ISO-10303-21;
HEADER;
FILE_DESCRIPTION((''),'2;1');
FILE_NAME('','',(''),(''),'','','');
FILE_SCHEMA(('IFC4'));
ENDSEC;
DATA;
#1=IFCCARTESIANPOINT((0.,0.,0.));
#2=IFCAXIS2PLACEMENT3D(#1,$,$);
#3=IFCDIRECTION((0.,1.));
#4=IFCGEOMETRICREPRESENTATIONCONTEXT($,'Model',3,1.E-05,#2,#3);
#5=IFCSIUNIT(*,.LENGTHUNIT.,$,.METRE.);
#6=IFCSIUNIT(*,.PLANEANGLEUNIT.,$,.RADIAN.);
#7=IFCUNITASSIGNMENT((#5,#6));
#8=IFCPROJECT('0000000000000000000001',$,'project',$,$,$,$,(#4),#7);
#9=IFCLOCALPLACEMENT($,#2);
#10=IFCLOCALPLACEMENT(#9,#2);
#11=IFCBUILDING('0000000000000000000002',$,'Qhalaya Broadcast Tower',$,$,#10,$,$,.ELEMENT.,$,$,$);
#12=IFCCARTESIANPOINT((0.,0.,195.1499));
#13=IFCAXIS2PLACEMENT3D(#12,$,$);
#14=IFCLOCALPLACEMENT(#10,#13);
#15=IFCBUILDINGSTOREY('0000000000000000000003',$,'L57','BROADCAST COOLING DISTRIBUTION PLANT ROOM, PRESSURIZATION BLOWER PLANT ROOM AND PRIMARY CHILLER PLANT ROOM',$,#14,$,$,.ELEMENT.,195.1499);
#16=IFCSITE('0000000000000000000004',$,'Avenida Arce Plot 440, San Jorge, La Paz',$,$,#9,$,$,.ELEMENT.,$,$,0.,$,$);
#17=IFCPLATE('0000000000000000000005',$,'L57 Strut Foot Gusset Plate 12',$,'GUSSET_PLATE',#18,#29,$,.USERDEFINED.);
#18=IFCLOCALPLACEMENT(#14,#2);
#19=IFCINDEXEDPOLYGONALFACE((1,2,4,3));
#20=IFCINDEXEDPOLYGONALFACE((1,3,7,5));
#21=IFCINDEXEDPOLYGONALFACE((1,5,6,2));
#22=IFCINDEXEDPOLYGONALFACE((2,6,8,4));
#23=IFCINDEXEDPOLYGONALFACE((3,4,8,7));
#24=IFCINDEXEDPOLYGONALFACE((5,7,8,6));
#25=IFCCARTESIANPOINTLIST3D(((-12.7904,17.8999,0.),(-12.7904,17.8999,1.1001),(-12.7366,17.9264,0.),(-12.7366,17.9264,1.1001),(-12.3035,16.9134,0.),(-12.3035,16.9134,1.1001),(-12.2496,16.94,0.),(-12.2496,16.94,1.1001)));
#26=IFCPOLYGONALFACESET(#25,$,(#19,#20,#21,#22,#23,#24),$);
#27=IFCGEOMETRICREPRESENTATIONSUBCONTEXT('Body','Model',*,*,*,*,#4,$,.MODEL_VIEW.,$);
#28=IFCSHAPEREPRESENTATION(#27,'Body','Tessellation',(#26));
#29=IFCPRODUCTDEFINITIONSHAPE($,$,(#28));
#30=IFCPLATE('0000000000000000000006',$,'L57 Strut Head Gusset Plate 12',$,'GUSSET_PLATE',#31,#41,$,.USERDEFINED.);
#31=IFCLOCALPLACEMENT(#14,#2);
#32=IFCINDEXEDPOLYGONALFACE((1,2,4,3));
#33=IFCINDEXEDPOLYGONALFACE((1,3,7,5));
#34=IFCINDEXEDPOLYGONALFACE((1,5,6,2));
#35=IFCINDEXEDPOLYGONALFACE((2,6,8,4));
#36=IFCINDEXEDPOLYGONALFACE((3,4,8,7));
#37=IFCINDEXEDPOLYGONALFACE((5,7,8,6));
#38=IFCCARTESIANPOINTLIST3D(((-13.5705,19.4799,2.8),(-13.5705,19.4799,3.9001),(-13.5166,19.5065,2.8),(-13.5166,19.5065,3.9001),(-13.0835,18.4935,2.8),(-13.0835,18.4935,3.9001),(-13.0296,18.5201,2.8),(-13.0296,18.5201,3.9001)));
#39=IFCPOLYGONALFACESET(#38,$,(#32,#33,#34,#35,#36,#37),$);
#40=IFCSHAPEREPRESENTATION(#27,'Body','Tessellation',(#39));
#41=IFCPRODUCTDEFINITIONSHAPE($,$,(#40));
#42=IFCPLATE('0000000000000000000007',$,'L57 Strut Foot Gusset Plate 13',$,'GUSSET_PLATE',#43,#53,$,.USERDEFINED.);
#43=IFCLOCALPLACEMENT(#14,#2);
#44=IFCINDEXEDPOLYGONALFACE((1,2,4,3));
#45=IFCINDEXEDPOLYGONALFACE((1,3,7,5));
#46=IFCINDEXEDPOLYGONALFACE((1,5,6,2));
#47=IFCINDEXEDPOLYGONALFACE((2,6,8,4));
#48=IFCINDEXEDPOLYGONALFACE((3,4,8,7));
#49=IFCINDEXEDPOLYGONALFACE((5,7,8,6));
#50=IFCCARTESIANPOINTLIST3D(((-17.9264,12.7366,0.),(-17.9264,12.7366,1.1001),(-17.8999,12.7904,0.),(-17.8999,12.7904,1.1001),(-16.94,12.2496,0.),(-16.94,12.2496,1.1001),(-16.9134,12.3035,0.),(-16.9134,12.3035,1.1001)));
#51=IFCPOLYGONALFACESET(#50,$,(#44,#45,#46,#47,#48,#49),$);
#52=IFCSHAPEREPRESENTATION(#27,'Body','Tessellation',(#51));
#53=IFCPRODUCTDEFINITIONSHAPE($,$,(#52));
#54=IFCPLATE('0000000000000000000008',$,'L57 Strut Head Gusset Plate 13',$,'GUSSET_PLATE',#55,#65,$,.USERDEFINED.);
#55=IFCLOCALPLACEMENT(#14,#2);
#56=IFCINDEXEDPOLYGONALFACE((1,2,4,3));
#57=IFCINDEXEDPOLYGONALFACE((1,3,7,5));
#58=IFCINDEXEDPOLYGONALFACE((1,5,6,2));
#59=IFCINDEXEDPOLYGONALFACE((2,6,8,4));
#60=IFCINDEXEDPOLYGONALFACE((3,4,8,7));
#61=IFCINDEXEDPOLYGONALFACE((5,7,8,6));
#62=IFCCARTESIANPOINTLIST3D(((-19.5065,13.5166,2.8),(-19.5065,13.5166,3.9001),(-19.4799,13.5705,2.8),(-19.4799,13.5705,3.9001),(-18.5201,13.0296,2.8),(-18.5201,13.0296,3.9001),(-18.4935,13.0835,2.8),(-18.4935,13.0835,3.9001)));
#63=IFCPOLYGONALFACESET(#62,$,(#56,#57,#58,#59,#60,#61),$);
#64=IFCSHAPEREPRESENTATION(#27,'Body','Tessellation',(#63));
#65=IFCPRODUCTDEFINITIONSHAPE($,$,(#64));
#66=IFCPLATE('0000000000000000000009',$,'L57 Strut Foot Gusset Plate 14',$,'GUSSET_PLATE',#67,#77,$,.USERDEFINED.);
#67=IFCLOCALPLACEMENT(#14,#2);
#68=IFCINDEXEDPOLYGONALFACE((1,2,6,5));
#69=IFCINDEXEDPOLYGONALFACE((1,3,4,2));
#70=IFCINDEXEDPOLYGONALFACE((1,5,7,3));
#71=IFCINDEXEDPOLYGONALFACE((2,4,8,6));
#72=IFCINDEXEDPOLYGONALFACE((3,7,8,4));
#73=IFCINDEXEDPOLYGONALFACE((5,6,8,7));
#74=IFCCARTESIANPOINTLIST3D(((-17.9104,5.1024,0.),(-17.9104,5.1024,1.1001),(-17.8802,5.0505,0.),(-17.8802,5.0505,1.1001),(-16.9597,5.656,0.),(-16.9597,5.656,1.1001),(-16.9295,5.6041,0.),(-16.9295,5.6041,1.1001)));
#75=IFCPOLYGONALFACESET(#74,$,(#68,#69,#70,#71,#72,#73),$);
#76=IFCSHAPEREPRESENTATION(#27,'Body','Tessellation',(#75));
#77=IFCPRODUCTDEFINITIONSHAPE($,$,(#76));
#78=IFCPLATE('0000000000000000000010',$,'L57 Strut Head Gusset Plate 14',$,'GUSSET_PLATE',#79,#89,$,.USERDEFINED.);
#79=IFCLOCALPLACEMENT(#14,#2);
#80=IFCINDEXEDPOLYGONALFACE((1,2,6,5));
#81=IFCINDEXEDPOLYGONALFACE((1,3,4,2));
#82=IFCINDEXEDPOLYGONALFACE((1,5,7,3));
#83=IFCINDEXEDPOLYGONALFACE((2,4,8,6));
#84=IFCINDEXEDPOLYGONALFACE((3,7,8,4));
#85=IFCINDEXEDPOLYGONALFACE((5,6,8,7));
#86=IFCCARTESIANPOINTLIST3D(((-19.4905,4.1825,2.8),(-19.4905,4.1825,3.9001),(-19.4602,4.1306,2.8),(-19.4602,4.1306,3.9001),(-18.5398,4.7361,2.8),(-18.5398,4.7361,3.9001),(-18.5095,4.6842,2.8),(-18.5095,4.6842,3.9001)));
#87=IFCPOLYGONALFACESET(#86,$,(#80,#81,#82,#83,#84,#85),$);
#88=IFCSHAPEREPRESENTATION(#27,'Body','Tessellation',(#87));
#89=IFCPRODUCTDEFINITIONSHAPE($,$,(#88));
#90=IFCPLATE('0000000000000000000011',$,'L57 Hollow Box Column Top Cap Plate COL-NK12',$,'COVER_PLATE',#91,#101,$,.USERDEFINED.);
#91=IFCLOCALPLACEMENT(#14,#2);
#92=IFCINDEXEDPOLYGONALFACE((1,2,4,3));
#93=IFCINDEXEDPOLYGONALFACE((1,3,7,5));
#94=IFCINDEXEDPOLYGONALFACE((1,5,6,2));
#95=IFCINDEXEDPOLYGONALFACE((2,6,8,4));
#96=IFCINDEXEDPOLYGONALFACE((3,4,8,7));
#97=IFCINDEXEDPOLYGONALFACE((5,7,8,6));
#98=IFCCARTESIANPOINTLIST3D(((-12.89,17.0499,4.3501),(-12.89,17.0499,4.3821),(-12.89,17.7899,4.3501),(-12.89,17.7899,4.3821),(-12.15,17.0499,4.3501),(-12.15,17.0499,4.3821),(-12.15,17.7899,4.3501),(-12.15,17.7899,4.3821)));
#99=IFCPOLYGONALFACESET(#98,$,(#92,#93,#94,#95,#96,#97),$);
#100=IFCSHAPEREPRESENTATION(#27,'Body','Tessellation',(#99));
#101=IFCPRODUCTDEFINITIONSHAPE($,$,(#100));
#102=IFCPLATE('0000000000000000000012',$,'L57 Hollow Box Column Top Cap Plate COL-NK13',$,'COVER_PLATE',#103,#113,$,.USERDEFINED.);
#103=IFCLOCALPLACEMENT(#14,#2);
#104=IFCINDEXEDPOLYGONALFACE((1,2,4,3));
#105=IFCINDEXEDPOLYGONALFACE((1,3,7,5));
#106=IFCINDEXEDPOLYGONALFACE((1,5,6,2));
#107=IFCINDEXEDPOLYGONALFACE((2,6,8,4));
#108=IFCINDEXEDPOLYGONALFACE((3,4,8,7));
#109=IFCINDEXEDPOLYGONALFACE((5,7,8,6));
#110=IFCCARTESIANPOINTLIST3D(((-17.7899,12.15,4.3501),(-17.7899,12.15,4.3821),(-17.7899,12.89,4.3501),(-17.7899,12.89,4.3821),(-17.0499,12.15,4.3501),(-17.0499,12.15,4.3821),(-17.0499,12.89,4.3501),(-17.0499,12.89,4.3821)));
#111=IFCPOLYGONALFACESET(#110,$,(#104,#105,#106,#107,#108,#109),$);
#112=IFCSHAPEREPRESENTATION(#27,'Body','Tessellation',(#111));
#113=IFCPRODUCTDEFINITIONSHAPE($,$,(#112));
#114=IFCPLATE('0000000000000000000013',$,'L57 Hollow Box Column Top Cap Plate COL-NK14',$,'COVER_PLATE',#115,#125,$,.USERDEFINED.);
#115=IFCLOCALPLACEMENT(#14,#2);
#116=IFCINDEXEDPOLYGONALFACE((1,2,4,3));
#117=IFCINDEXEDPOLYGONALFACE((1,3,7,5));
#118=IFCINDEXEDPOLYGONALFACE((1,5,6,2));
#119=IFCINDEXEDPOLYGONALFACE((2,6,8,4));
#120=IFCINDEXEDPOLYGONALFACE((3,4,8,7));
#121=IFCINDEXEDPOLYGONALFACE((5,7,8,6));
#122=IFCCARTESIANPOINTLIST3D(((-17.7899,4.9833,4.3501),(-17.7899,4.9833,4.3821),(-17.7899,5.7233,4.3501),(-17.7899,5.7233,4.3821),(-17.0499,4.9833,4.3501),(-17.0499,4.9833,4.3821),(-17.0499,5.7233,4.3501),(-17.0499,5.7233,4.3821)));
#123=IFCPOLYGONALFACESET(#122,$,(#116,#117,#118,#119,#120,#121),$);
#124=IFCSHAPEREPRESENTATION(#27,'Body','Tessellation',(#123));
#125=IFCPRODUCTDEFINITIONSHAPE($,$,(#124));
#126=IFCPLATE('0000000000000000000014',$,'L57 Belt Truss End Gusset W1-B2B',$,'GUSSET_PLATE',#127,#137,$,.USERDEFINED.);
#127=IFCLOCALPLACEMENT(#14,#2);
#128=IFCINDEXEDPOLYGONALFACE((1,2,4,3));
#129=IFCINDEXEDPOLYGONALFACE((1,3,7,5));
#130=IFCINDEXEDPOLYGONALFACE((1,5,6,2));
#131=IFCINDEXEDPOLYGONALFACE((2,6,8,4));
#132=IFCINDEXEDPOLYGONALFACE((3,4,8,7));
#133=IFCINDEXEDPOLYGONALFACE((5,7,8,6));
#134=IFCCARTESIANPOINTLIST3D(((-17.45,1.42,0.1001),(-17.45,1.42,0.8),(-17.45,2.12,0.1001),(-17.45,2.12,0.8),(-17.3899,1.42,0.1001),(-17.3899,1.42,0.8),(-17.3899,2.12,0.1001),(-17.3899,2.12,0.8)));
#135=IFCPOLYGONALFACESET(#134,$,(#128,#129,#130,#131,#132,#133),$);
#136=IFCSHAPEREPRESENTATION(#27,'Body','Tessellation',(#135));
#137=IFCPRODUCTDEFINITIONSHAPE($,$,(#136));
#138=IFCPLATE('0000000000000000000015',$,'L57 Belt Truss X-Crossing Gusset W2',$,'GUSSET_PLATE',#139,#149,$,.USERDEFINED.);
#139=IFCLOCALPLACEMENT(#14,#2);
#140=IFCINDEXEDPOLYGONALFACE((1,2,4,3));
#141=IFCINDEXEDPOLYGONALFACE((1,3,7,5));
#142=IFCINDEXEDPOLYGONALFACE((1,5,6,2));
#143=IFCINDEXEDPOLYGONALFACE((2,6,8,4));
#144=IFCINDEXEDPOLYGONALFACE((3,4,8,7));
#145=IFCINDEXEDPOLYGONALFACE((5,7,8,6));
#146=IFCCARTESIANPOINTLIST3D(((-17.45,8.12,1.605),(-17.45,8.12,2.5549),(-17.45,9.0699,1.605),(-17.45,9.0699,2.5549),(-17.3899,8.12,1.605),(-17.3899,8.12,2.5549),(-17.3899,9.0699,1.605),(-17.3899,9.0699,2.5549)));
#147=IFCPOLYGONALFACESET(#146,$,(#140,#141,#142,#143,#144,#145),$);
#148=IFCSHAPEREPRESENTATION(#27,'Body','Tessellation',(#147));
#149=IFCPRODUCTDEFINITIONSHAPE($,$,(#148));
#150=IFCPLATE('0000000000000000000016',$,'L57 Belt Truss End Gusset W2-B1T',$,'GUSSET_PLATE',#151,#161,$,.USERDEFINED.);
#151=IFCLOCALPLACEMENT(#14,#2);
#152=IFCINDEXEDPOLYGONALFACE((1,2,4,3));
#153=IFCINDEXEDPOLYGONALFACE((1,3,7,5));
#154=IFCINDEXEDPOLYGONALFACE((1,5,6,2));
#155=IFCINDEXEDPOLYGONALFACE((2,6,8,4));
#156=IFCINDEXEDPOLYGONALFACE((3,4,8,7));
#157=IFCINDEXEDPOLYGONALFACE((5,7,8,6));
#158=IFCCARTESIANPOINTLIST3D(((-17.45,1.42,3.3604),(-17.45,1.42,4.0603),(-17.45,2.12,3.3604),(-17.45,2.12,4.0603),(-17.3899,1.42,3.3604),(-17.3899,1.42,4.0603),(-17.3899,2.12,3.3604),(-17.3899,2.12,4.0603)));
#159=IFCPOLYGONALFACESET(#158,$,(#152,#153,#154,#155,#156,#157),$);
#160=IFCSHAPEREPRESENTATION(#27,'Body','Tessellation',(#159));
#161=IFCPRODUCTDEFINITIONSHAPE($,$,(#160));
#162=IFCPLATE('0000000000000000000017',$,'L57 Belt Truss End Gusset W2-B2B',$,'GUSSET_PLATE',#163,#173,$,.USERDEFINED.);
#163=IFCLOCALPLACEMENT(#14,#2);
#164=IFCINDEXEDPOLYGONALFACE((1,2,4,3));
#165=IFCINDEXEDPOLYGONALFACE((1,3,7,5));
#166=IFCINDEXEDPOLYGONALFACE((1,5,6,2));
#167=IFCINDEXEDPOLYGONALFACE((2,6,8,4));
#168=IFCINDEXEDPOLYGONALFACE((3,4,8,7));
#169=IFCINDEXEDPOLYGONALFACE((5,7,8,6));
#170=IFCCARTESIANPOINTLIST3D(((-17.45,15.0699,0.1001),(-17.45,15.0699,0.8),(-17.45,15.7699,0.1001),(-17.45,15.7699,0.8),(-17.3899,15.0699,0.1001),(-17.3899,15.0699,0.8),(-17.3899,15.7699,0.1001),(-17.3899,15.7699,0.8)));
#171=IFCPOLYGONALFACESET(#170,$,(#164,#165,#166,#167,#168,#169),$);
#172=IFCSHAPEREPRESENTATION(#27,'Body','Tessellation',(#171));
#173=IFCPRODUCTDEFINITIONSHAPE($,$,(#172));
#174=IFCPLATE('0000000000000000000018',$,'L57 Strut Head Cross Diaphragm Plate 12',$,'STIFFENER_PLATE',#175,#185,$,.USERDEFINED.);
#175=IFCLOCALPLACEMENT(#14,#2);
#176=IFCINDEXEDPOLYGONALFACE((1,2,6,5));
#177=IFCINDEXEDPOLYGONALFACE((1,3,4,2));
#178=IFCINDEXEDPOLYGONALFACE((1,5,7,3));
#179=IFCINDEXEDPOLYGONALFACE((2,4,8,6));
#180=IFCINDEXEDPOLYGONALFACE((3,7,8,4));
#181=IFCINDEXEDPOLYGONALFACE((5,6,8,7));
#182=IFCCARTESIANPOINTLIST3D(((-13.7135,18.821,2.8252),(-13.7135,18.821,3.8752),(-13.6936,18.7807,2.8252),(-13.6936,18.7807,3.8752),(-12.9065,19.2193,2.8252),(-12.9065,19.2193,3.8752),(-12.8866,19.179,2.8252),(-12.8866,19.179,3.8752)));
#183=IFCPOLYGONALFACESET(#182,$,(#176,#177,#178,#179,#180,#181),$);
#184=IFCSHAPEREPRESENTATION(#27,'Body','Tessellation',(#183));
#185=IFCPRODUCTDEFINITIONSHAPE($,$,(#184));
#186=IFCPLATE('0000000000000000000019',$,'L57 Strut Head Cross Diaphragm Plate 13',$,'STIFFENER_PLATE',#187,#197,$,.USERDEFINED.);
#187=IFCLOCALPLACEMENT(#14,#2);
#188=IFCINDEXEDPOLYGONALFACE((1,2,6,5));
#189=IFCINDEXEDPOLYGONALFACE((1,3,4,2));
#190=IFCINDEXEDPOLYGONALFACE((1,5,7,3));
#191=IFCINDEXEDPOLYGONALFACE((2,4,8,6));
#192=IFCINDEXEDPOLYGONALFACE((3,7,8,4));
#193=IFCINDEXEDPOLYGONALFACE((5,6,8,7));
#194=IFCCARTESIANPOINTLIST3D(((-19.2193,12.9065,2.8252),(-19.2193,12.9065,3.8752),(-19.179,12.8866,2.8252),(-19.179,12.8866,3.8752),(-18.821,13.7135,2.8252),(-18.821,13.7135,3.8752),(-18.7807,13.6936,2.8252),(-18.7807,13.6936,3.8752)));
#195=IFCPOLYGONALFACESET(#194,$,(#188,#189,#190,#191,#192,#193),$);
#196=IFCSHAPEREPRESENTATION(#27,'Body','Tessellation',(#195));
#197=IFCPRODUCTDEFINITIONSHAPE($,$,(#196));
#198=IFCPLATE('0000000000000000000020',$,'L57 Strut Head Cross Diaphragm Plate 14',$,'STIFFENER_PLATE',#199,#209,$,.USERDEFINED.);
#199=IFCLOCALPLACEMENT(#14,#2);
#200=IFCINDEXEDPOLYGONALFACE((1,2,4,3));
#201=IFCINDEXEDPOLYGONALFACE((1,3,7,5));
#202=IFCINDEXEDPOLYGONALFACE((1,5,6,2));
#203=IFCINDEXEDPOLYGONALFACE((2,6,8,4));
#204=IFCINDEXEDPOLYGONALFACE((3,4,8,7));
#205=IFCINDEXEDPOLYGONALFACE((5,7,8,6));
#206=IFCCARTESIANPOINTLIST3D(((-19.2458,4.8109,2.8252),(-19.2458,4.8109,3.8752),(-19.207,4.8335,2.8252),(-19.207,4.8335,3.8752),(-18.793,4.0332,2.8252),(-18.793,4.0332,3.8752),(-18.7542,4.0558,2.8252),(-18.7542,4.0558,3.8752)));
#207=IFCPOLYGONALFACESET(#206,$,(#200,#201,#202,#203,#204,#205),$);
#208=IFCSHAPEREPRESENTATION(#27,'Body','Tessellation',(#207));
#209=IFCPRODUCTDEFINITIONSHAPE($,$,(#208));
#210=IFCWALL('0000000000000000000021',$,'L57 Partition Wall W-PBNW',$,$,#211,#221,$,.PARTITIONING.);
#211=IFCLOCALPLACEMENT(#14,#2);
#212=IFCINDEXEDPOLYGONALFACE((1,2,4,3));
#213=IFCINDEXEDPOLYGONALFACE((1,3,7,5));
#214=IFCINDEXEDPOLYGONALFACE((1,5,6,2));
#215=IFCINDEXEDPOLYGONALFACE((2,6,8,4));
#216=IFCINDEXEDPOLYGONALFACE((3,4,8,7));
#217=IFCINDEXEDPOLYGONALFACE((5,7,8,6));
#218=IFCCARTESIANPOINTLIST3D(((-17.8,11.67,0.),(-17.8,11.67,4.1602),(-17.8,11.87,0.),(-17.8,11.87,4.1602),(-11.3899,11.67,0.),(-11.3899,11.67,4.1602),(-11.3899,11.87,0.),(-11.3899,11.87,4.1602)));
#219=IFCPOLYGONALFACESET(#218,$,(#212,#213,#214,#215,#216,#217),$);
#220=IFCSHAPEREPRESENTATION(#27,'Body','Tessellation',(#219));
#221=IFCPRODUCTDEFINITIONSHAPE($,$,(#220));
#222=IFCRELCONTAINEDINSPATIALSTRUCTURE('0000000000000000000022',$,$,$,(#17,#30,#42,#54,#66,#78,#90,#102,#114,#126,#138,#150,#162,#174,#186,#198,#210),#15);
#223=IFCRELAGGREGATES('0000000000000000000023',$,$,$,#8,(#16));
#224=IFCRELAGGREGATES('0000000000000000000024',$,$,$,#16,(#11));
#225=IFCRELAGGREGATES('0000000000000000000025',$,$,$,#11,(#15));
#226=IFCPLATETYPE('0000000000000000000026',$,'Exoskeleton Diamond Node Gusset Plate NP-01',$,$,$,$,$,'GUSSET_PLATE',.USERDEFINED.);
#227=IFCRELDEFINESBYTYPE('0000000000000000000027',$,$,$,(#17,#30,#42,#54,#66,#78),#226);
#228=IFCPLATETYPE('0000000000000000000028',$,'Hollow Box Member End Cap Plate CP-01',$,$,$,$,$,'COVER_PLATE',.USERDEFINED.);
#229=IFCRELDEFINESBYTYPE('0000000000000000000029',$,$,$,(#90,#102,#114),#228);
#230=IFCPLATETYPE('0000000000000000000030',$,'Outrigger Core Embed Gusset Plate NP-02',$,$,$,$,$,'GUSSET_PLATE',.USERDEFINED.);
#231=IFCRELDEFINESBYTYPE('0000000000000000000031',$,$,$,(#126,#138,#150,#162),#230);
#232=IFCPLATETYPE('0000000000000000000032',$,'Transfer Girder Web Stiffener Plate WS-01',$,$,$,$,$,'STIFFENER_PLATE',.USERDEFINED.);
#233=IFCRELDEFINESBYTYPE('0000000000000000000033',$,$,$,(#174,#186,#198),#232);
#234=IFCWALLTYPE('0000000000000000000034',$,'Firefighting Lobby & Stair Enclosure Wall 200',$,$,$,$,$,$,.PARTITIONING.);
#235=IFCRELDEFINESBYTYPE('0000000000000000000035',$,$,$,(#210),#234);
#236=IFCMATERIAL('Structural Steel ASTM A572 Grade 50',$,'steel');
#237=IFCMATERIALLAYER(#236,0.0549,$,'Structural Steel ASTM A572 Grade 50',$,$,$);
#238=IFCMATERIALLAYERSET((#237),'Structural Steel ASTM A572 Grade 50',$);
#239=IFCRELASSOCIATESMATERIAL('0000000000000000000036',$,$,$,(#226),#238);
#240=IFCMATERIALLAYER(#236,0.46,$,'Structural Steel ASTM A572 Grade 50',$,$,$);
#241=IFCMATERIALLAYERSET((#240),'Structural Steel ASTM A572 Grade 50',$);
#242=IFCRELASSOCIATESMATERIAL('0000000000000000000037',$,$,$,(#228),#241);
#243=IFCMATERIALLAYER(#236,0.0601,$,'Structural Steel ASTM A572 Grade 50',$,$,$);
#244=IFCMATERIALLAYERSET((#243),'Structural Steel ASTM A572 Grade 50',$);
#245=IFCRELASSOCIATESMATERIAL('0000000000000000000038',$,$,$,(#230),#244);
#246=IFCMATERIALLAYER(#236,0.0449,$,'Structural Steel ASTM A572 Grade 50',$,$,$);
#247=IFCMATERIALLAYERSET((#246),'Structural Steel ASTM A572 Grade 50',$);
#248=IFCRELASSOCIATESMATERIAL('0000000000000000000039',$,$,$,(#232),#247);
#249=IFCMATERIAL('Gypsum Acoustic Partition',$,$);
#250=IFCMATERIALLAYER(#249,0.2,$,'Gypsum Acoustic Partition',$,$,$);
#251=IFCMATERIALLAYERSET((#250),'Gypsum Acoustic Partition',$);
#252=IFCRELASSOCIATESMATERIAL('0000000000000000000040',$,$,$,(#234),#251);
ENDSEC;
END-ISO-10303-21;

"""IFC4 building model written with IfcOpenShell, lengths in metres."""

from ifc_helpers import new_model, si_unit, direction, frame, frame_2d, origin, origin_2d, place, context, subcontext, project, spatial, rectangle, extrude, material, layer, layer_set, type_object, element, save


model = new_model("IFC4")

# Units and contexts
model_context = context("Model", 3, precision=1e-05, world=origin(), true_north=direction((0.0, 1.0)))
body_context = subcontext(model_context, "Body", "Model", "MODEL_VIEW")
ifc_project = project(units=[si_unit("LENGTHUNIT", "METRE"), si_unit("PLANEANGLEUNIT", "RADIAN")], contexts=[model_context])

# Site, building, storey
site_placement = place(None, origin())
site = spatial("IfcSite", under=ifc_project, at=site_placement, Name="Avenida Arce Plot 440, San Jorge, La Paz", CompositionType="ELEMENT", RefElevation=0.0)
building_placement = place(site_placement, origin())
building = spatial("IfcBuilding", under=site, at=building_placement, Name="Qhalaya Broadcast Tower", CompositionType="ELEMENT")
storey_placement = place(building_placement, frame((0.0, 0.0, 195.1499)))
storey = spatial("IfcBuildingStorey", under=building, at=storey_placement, Name="L57", Description="BROADCAST COOLING DISTRIBUTION PLANT ROOM, PRESSURIZATION BLOWER PLANT ROOM AND PRIMARY CHILLER PLANT ROOM", CompositionType="ELEMENT", Elevation=195.1499)

# Shared definitions
ifc_material_1 = material(Name="Structural Steel ASTM A572 Grade 50", Category="steel")

# Plates
ifc_layer_1 = layer(ifc_material_1, 0.0549, Name="Structural Steel ASTM A572 Grade 50")
ifc_layer_set_1 = layer_set([ifc_layer_1], Name="Structural Steel ASTM A572 Grade 50")
plate_type_1 = type_object("IfcPlateType", Name="Exoskeleton Diamond Node Gusset Plate NP-01", ElementType="GUSSET_PLATE", PredefinedType="USERDEFINED", material=ifc_layer_set_1)
for number, where, z_axis, x_axis, name in (
    (1, (-12.52, 17.4199, 0.0), (0.0, 0.0, 1.0), (-0.442664, 0.896687, 0.0), "L57 Strut Foot Gusset Plate 12"),
    (2, (-13.3, 19.0, 2.8), (0.0, 0.0, 1.0), (-0.442664, 0.896687, 0.0), "L57 Strut Head Gusset Plate 12"),
    (3, (-17.4199, 12.52, 0.0), (0.0, 0.0, 1.0), (-0.896687, 0.442664, 0.0), "L57 Strut Foot Gusset Plate 13"),
    (4, (-19.0, 13.3, 2.8), (0.0, 0.0, 1.0), (-0.896687, 0.442664, 0.0), "L57 Strut Head Gusset Plate 13"),
    (5, (-17.4199, 5.3533, 0.0), (0.0, 0.0, 1.0), (-0.864178, -0.503186, 0.0), "L57 Strut Foot Gusset Plate 14"),
    (6, (-19.0, 4.4333, 2.8), (0.0, 0.0, 1.0), (-0.864178, -0.503186, 0.0), "L57 Strut Head Gusset Plate 14"),
):
    element("IfcPlate", number, at=place(storey_placement, frame(where, z_axis=z_axis, x_axis=x_axis)), inside=storey, type_object=plate_type_1, Name=name, ObjectType="GUSSET_PLATE", PredefinedType="USERDEFINED", context=body_context, shape_type="SweptSolid", body=[
        extrude(rectangle(XDim=1.1001, YDim=0.0601, at=origin_2d()), origin(), (0.0, 0.0, 1.0), 1.1001),
    ])
ifc_layer_2 = layer(ifc_material_1, 0.46, Name="Structural Steel ASTM A572 Grade 50")
ifc_layer_set_2 = layer_set([ifc_layer_2], Name="Structural Steel ASTM A572 Grade 50")
plate_type_2 = type_object("IfcPlateType", Name="Hollow Box Member End Cap Plate CP-01", ElementType="COVER_PLATE", PredefinedType="USERDEFINED", material=ifc_layer_set_2)
for number, where, z_axis, x_axis, name in (
    (7, (-12.52, 17.4199, 4.3501), (0.0, 0.0, 1.0), (1.0, 0.0, 0.0), "L57 Hollow Box Column Top Cap Plate COL-NK12"),
    (8, (-17.4199, 12.52, 4.3501), (0.0, 0.0, 1.0), (0.0, 1.0, 0.0), "L57 Hollow Box Column Top Cap Plate COL-NK13"),
    (9, (-17.4199, 5.3533, 4.3501), (0.0, 0.0, 1.0), (0.0, 1.0, 0.0), "L57 Hollow Box Column Top Cap Plate COL-NK14"),
):
    element("IfcPlate", number, at=place(storey_placement, frame(where, z_axis=z_axis, x_axis=x_axis)), inside=storey, type_object=plate_type_2, Name=name, ObjectType="COVER_PLATE", PredefinedType="USERDEFINED", context=body_context, shape_type="SweptSolid", body=[
        extrude(rectangle(XDim=0.74, YDim=0.74, at=origin_2d()), origin(), (0.0, 0.0, 1.0), 0.032),
    ])
ifc_layer_3 = layer(ifc_material_1, 0.0601, Name="Structural Steel ASTM A572 Grade 50")
ifc_layer_set_3 = layer_set([ifc_layer_3], Name="Structural Steel ASTM A572 Grade 50")
plate_type_3 = type_object("IfcPlateType", Name="Outrigger Core Embed Gusset Plate NP-02", ElementType="GUSSET_PLATE", PredefinedType="USERDEFINED", material=ifc_layer_set_3)
plate_1_placement = place(storey_placement, frame((-17.4199, 1.77, 0.1001), z_axis=(0.0, 0.0, 1.0), x_axis=(0.0, 1.0, 0.0)))
element("IfcPlate", 10, at=plate_1_placement, inside=storey, type_object=plate_type_3, Name="L57 Belt Truss End Gusset W1-B2B", ObjectType="GUSSET_PLATE", PredefinedType="USERDEFINED", context=body_context, shape_type="SweptSolid", body=[
    extrude(rectangle(XDim=0.7, YDim=0.0601, at=origin_2d()), origin(), (0.0, 0.0, 1.0), 0.7),
])
plate_2_placement = place(storey_placement, frame((-17.4199, 8.595, 1.605), z_axis=(0.0, 0.0, 1.0), x_axis=(0.0, 1.0, 0.0)))
element("IfcPlate", 11, at=plate_2_placement, inside=storey, type_object=plate_type_3, Name="L57 Belt Truss X-Crossing Gusset W2", ObjectType="GUSSET_PLATE", PredefinedType="USERDEFINED", context=body_context, shape_type="SweptSolid", body=[
    extrude(rectangle(XDim=0.95, YDim=0.0601, at=origin_2d()), origin(), (0.0, 0.0, 1.0), 0.95),
])
for number, where, z_axis, x_axis, name in (
    (12, (-17.4199, 1.77, 3.3604), (0.0, 0.0, 1.0), (0.0, 1.0, 0.0), "L57 Belt Truss End Gusset W2-B1T"),
    (13, (-17.4199, 15.4199, 0.1001), (0.0, 0.0, 1.0), (0.0, 1.0, 0.0), "L57 Belt Truss End Gusset W2-B2B"),
):
    element("IfcPlate", number, at=place(storey_placement, frame(where, z_axis=z_axis, x_axis=x_axis)), inside=storey, type_object=plate_type_3, Name=name, ObjectType="GUSSET_PLATE", PredefinedType="USERDEFINED", context=body_context, shape_type="SweptSolid", body=[
        extrude(rectangle(XDim=0.7, YDim=0.0601, at=origin_2d()), origin(), (0.0, 0.0, 1.0), 0.7),
    ])
ifc_layer_4 = layer(ifc_material_1, 0.0449, Name="Structural Steel ASTM A572 Grade 50")
ifc_layer_set_4 = layer_set([ifc_layer_4], Name="Structural Steel ASTM A572 Grade 50")
plate_type_4 = type_object("IfcPlateType", Name="Transfer Girder Web Stiffener Plate WS-01", ElementType="STIFFENER_PLATE", PredefinedType="USERDEFINED", material=ifc_layer_set_4)
for number, where, z_axis, x_axis, name in (
    (14, (-13.3, 19.0, 2.8252), (0.0, 0.0, 1.0), (-0.896687, -0.442664, 0.0), "L57 Strut Head Cross Diaphragm Plate 12"),
    (15, (-19.0, 13.3, 2.8252), (0.0, 0.0, 1.0), (-0.442664, -0.896687, 0.0), "L57 Strut Head Cross Diaphragm Plate 13"),
    (16, (-19.0, 4.4333, 2.8252), (0.0, 0.0, 1.0), (0.503186, -0.864178, 0.0), "L57 Strut Head Cross Diaphragm Plate 14"),
):
    element("IfcPlate", number, at=place(storey_placement, frame(where, z_axis=z_axis, x_axis=x_axis)), inside=storey, type_object=plate_type_4, Name=name, ObjectType="STIFFENER_PLATE", PredefinedType="USERDEFINED", context=body_context, shape_type="SweptSolid", body=[
        extrude(rectangle(XDim=0.8999, YDim=0.0449, at=origin_2d()), origin(), (0.0, 0.0, 1.0), 1.05),
    ])

# Wall
ifc_material_2 = material(Name="Gypsum Acoustic Partition")
ifc_layer_5 = layer(ifc_material_2, 0.2, Name="Gypsum Acoustic Partition")
ifc_layer_set_5 = layer_set([ifc_layer_5], Name="Gypsum Acoustic Partition")
wall_type = type_object("IfcWallType", Name="Firefighting Lobby & Stair Enclosure Wall 200", PredefinedType="PARTITIONING", material=ifc_layer_set_5)
wall_1_placement = place(storey_placement, frame((-17.8, 11.77, 0.0), z_axis=(0.0, 0.0, 1.0), x_axis=(1.0, 0.0, 0.0)))
element("IfcWall", 17, at=wall_1_placement, inside=storey, type_object=wall_type, Name="L57 Partition Wall W-PBNW", PredefinedType="PARTITIONING", context=body_context, shape_type="SweptSolid", body=[
    extrude(rectangle(XDim=6.4102, YDim=0.2, at=frame_2d((3.2051, 0.0))), origin(), (0.0, 0.0, 1.0), 4.1602),
])

save(model, "model.ifc")
